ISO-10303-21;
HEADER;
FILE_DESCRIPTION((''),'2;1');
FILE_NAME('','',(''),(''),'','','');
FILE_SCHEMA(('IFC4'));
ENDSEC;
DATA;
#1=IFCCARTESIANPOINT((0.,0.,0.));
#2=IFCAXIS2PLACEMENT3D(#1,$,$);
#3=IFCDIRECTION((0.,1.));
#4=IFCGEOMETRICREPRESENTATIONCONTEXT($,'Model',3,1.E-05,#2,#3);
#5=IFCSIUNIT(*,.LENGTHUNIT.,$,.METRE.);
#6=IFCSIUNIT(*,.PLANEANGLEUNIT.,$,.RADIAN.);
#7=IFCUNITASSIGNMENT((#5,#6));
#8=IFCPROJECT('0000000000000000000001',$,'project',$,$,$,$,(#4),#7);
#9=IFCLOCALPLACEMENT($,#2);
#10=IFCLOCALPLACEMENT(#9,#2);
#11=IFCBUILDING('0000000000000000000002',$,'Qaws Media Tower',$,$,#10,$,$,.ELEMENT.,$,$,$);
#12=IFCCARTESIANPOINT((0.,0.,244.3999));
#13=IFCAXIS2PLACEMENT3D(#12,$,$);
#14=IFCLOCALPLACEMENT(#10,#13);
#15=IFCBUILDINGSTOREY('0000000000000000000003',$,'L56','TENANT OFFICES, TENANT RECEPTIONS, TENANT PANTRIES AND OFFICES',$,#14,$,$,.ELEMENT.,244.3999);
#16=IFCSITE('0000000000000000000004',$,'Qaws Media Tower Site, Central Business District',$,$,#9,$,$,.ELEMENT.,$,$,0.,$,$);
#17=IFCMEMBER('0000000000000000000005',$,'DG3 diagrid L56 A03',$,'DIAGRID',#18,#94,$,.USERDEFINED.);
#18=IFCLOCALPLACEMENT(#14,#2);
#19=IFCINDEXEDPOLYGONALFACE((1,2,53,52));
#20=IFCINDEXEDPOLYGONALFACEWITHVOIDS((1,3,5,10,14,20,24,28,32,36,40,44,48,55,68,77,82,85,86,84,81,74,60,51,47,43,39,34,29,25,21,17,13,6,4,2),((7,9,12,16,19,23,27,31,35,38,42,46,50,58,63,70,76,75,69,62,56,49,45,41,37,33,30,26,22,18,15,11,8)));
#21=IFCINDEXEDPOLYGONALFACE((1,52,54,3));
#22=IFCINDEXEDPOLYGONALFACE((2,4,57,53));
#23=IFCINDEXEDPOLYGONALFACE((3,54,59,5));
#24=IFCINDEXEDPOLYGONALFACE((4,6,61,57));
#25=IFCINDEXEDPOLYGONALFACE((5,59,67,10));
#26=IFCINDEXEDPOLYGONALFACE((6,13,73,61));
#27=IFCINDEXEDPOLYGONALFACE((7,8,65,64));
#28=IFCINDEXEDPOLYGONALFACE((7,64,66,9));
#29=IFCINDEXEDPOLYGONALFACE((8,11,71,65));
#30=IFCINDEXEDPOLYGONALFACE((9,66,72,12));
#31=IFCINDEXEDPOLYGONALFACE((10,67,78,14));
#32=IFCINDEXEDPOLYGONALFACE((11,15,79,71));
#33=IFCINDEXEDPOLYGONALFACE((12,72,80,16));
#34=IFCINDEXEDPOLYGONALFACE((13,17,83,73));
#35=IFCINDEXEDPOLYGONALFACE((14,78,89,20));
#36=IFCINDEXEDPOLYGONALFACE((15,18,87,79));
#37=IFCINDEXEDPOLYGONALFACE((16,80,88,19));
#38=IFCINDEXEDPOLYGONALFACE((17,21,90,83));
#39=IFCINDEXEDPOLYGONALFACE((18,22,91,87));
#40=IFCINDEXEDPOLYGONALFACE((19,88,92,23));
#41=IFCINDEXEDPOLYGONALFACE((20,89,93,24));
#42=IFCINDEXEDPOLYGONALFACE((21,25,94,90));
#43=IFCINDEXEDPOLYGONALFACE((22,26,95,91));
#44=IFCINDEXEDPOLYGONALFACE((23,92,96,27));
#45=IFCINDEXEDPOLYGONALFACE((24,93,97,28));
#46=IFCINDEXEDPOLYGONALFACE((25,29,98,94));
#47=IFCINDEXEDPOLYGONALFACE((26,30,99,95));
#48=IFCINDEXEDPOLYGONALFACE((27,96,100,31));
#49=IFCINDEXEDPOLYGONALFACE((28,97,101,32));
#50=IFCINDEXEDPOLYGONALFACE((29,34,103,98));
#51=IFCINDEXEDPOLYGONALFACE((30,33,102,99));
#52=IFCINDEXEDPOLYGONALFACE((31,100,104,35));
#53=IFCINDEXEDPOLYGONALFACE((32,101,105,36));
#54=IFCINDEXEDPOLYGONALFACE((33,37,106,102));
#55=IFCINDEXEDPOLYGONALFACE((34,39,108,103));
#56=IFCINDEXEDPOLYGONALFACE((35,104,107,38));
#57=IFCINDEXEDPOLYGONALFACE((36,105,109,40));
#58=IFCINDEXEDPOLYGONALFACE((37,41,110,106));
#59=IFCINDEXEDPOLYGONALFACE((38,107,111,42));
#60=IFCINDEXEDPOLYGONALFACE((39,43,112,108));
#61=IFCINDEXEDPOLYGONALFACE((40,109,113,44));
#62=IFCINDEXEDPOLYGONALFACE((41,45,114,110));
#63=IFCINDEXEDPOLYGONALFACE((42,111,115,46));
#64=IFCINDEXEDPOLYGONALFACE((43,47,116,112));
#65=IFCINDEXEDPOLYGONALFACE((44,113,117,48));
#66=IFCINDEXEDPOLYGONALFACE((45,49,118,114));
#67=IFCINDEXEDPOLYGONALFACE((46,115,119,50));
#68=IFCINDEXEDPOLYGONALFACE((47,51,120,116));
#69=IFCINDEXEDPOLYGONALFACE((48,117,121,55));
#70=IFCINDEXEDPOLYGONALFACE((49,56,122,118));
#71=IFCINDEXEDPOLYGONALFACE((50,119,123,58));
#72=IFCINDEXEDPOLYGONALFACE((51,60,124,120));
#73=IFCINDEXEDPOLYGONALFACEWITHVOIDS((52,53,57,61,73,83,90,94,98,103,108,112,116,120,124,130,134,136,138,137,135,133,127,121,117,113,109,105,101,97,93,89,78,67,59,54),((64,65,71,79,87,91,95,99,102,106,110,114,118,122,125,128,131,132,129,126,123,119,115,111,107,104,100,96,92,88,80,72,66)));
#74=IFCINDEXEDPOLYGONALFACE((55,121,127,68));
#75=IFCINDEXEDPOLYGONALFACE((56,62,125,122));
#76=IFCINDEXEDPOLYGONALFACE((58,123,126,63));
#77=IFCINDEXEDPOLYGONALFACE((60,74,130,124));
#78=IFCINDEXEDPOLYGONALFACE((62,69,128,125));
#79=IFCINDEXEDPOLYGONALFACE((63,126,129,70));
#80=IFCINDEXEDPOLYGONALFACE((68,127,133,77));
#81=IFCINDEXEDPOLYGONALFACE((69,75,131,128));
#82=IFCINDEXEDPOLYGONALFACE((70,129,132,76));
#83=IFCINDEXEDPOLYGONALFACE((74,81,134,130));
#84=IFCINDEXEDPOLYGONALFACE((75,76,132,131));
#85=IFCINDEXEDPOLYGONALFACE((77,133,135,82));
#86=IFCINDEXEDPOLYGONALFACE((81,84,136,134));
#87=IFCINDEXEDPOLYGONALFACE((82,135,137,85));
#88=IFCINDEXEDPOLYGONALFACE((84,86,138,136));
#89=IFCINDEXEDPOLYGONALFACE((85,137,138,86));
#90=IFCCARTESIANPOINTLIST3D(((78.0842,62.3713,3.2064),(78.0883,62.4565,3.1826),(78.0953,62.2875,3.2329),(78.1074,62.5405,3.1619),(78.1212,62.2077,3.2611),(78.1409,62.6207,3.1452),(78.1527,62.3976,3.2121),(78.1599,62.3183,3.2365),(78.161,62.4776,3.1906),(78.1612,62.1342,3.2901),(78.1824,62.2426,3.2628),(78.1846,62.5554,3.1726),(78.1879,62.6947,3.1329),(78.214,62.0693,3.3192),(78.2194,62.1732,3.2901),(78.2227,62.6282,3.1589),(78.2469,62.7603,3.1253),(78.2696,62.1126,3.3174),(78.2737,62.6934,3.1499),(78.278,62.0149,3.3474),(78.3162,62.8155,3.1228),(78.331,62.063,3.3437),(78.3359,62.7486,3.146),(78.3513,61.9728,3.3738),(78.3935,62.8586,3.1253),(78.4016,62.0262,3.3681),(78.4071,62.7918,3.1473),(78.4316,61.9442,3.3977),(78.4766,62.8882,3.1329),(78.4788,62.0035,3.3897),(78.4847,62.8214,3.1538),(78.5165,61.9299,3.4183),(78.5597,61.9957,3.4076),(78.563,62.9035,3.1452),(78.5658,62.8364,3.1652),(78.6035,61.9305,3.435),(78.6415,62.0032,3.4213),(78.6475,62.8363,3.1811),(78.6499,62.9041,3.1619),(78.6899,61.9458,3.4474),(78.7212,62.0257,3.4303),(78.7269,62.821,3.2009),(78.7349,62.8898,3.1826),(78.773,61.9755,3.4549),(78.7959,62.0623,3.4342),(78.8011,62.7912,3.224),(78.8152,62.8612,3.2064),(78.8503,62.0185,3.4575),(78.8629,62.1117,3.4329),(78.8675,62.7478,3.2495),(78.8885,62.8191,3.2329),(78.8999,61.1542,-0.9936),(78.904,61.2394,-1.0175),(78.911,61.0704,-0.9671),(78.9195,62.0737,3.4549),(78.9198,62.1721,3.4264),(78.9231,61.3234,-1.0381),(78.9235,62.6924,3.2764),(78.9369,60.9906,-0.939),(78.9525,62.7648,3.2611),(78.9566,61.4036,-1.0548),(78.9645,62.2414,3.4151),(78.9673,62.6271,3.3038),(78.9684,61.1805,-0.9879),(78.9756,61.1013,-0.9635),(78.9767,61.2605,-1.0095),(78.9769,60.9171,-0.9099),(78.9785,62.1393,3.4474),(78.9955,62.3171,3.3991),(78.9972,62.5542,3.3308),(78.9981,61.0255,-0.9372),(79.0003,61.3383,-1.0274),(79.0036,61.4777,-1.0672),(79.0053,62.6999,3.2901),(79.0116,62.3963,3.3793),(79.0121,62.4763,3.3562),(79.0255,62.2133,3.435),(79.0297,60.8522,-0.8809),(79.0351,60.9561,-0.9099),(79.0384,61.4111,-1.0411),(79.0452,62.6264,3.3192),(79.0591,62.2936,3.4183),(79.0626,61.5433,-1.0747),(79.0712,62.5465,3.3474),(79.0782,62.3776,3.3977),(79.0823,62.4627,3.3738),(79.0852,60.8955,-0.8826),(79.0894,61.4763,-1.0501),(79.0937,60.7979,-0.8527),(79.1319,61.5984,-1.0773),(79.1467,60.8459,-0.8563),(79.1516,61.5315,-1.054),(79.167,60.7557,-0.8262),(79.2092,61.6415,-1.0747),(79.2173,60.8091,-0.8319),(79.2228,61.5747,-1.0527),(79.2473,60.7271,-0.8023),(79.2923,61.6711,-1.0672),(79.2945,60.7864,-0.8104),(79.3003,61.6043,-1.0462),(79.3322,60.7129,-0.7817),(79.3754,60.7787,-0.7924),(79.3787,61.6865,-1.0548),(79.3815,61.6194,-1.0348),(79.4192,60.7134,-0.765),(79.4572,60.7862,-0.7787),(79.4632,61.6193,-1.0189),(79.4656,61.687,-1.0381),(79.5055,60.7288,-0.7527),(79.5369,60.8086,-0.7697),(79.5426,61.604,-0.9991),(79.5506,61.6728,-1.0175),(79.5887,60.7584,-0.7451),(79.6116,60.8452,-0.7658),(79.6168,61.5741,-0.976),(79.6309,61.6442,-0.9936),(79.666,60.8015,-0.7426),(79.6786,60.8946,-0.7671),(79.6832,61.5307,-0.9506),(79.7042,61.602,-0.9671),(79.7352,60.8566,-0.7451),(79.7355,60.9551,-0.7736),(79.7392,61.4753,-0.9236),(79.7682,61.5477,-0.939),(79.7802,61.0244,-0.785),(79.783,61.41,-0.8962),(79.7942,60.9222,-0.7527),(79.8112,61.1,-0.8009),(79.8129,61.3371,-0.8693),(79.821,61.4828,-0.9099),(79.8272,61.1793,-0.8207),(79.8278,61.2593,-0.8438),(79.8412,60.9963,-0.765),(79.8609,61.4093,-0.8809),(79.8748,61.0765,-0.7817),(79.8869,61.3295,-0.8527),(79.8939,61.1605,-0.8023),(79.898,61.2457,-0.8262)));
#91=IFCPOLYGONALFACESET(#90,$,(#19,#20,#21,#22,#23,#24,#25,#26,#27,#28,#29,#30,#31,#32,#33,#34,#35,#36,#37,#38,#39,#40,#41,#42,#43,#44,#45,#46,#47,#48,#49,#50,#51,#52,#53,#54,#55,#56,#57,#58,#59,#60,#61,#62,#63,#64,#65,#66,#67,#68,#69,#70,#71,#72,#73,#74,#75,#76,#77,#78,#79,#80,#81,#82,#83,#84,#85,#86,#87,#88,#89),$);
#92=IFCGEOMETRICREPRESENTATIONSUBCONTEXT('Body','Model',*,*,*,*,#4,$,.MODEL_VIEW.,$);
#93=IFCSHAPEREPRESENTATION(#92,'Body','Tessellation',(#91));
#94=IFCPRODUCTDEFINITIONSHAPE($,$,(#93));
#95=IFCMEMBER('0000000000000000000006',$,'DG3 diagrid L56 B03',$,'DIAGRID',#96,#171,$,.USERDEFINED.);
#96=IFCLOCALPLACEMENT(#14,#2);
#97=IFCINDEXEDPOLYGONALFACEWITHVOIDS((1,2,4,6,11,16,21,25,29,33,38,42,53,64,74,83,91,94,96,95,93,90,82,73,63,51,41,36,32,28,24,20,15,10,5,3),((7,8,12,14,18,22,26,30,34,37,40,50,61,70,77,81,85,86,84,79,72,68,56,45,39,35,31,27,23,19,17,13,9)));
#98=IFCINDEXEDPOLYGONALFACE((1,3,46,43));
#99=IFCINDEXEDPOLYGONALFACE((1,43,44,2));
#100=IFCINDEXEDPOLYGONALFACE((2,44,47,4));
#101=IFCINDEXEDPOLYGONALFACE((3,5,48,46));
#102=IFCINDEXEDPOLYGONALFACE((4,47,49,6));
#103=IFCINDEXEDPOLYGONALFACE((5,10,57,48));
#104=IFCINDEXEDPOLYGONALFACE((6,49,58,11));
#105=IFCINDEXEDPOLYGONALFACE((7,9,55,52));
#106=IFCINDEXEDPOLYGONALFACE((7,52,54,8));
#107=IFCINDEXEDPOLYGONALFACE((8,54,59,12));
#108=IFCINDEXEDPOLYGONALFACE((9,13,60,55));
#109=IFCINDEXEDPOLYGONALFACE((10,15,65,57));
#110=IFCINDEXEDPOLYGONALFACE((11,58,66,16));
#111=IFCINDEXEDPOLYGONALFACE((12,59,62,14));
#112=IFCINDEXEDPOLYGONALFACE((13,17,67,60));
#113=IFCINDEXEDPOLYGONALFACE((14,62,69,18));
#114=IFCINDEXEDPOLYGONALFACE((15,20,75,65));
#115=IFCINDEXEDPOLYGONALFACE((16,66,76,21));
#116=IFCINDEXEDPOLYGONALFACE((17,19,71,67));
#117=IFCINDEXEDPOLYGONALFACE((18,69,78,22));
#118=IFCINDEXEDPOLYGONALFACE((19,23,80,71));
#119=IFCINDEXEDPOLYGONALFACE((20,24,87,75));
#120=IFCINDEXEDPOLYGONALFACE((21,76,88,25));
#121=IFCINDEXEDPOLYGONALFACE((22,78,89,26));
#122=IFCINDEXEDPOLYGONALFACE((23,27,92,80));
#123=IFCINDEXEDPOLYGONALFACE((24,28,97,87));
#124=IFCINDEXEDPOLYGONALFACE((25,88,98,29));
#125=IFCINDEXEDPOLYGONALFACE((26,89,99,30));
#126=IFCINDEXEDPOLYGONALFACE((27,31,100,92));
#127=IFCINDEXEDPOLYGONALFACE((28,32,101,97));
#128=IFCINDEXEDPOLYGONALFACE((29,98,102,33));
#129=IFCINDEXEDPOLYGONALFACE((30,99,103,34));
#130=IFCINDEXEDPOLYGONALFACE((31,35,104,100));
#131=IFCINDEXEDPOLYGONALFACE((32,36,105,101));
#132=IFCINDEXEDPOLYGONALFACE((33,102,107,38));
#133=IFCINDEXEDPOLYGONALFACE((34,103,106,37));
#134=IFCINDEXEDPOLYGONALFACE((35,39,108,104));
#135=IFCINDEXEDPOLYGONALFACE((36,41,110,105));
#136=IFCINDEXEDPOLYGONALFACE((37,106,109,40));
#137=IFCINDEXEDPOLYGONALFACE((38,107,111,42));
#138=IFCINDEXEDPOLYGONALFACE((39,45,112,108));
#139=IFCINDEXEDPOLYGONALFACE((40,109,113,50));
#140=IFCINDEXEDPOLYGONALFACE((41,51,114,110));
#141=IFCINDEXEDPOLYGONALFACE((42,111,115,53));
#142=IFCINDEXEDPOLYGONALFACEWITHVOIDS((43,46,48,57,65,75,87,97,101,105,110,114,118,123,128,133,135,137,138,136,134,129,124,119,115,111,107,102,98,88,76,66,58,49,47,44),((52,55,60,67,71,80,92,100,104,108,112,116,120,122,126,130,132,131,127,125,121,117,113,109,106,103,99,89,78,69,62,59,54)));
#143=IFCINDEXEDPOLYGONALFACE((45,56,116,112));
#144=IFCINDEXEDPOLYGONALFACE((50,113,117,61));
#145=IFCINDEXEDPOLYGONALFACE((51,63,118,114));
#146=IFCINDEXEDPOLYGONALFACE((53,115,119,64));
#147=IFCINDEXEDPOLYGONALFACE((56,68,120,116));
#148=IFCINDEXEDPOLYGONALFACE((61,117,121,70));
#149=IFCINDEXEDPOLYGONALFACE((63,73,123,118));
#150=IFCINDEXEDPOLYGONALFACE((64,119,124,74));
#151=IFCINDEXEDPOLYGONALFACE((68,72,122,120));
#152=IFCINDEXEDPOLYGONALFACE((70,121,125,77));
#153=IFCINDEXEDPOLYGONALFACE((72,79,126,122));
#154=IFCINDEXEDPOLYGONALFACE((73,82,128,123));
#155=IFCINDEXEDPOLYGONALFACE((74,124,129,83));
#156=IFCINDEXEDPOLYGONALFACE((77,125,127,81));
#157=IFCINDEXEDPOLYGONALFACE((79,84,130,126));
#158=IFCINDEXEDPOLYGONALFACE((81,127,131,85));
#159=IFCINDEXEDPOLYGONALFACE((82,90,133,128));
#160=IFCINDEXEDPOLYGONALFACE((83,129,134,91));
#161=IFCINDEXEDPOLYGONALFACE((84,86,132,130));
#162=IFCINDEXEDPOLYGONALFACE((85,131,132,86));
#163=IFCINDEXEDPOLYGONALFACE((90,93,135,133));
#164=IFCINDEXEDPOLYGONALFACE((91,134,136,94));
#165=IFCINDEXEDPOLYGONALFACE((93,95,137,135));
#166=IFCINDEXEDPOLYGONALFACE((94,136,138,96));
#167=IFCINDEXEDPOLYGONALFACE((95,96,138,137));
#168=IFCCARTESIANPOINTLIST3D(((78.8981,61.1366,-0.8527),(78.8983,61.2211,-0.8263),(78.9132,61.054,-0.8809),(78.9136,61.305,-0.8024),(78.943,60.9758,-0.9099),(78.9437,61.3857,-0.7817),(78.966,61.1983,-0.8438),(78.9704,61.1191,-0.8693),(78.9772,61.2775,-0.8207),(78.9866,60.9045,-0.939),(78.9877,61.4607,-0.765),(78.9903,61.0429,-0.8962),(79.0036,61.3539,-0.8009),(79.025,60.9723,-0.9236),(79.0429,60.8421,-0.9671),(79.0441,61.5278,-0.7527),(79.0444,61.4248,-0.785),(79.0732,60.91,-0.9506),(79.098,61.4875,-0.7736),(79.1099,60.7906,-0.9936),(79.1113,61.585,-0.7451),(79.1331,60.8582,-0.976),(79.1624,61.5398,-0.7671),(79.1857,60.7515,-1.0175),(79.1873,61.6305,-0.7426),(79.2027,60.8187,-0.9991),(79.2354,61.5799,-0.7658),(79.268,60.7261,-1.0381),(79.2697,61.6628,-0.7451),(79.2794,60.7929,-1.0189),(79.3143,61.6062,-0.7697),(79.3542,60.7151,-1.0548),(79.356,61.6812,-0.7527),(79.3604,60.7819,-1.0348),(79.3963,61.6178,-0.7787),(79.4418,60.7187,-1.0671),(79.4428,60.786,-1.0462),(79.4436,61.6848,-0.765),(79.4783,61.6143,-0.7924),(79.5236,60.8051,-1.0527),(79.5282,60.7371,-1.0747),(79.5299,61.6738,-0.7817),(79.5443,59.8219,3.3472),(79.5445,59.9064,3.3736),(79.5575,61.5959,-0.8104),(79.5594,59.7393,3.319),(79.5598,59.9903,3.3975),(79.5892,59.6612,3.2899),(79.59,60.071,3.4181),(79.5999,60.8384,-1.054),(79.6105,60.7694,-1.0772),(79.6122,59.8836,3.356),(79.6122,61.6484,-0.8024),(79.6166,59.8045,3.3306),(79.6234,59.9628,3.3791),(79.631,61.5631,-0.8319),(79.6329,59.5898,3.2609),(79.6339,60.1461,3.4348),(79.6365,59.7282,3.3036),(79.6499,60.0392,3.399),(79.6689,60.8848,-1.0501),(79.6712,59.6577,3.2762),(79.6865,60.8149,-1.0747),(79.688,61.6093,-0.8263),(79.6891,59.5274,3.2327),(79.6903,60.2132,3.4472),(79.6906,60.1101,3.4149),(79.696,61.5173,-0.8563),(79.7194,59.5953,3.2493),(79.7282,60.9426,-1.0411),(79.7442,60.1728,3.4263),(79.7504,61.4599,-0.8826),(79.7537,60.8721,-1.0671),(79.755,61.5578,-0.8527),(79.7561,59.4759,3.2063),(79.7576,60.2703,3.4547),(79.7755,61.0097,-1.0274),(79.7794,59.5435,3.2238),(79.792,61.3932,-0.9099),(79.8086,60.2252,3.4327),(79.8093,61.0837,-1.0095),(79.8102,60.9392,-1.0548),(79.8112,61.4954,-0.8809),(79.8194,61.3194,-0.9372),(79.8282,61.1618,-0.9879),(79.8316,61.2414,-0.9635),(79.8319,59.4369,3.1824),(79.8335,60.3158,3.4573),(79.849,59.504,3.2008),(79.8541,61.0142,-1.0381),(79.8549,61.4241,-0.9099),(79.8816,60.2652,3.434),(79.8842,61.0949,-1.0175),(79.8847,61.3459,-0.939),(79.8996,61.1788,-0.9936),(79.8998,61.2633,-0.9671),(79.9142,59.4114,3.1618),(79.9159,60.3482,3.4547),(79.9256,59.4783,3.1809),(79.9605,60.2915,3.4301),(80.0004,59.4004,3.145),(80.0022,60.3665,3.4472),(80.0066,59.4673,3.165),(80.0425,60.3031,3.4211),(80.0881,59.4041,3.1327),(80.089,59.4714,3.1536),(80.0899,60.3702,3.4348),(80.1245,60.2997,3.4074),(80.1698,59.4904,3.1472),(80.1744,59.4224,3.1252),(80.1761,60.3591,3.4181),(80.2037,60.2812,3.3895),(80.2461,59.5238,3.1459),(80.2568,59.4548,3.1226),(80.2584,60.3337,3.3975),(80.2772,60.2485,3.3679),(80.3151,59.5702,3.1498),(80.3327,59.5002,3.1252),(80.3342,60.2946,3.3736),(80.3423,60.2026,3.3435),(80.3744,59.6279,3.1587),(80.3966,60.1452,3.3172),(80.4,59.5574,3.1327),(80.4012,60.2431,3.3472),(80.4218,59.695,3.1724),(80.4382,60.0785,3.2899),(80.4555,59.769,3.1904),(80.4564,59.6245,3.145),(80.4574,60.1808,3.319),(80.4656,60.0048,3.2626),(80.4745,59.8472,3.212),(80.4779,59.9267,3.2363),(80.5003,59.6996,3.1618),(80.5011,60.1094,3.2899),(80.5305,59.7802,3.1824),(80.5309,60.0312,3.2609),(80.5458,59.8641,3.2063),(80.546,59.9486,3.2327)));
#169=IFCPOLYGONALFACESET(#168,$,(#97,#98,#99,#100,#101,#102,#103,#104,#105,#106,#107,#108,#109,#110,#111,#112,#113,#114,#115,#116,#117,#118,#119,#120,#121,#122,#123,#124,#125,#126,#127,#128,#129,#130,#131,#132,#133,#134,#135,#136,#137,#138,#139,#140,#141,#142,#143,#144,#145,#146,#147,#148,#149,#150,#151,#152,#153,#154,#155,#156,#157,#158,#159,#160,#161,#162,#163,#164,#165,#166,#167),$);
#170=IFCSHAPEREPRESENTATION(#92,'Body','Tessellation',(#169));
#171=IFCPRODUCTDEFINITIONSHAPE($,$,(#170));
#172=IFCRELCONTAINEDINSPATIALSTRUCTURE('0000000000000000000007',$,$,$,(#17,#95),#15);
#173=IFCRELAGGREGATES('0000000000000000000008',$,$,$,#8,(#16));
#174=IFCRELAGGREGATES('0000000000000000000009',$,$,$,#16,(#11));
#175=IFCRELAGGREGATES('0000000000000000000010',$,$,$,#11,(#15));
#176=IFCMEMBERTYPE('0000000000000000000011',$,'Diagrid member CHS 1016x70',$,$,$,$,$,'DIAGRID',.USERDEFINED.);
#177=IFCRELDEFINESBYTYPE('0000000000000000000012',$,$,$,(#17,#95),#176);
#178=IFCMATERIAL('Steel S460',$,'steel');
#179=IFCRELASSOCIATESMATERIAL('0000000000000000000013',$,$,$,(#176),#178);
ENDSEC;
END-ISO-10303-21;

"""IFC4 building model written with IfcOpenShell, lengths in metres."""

from ifc_helpers import new_model, si_unit, direction, frame, origin, origin_2d, place, context, subcontext, project, spatial, hollow_circle, extrude, material, material_profile, profile_set, type_object, element, save


model = new_model("IFC4")

# Units and contexts
model_context = context("Model", 3, precision=1e-05, world=origin(), true_north=direction((0.0, 1.0)))
body_context = subcontext(model_context, "Body", "Model", "MODEL_VIEW")
ifc_project = project(units=[si_unit("LENGTHUNIT", "METRE"), si_unit("PLANEANGLEUNIT", "RADIAN")], contexts=[model_context])

# Site, building, storey
site_placement = place(None, origin())
site = spatial("IfcSite", under=ifc_project, at=site_placement, Name="Qaws Media Tower Site, Central Business District", CompositionType="ELEMENT", RefElevation=0.0)
building_placement = place(site_placement, origin())
building = spatial("IfcBuilding", under=site, at=building_placement, Name="Qaws Media Tower", CompositionType="ELEMENT")
storey_placement = place(building_placement, frame((0.0, 0.0, 244.3999)))
storey = spatial("IfcBuildingStorey", under=building, at=storey_placement, Name="L56", Description="TENANT OFFICES, TENANT RECEPTIONS, TENANT PANTRIES AND OFFICES", CompositionType="ELEMENT", Elevation=244.3999)

# Members
ifc_material_1 = material(Name="Steel S460", Category="steel")
ifc_material_profile_1 = material_profile(ifc_material_1, hollow_circle(Radius=0.5081, WallThickness=0.0701, at=origin_2d()), Name="CHS 1016x70")
ifc_profile_set_1 = profile_set([ifc_material_profile_1], Name="Steel S460")
member_type_1 = type_object("IfcMemberType", Name="Diagrid member CHS 1016x70", ElementType="DIAGRID", PredefinedType="USERDEFINED", material=ifc_profile_set_1)
member_1_placement = place(storey_placement, frame((79.3989, 61.2, -0.9099), z_axis=(-0.183373, 0.273606, 0.9442), x_axis=(-0.830689, -0.556737, 0.0)))
element("IfcMember", 1, at=member_1_placement, inside=storey, type_object=member_type_1, Name="DG3 diagrid L56 A03", ObjectType="DIAGRID", PredefinedType="USERDEFINED", context=body_context, shape_type="SweptSolid", body=[
    extrude(hollow_circle(Radius=0.5081, WallThickness=0.0701, at=origin_2d()), origin(), (0.0, 0.0, 1.0), 4.4482),
])
member_2_placement = place(storey_placement, frame((79.3989, 61.2, -0.9099), z_axis=(0.145284, -0.295563, 0.944211), x_axis=(0.89744, 0.441137, 0.0)))
element("IfcMember", 2, at=member_2_placement, inside=storey, type_object=member_type_1, Name="DG3 diagrid L56 B03", ObjectType="DIAGRID", PredefinedType="USERDEFINED", context=body_context, shape_type="SweptSolid", body=[
    extrude(hollow_circle(Radius=0.5081, WallThickness=0.0701, at=origin_2d()), origin(), (0.0, 0.0, 1.0), 4.448),
])

save(model, "model.ifc")
